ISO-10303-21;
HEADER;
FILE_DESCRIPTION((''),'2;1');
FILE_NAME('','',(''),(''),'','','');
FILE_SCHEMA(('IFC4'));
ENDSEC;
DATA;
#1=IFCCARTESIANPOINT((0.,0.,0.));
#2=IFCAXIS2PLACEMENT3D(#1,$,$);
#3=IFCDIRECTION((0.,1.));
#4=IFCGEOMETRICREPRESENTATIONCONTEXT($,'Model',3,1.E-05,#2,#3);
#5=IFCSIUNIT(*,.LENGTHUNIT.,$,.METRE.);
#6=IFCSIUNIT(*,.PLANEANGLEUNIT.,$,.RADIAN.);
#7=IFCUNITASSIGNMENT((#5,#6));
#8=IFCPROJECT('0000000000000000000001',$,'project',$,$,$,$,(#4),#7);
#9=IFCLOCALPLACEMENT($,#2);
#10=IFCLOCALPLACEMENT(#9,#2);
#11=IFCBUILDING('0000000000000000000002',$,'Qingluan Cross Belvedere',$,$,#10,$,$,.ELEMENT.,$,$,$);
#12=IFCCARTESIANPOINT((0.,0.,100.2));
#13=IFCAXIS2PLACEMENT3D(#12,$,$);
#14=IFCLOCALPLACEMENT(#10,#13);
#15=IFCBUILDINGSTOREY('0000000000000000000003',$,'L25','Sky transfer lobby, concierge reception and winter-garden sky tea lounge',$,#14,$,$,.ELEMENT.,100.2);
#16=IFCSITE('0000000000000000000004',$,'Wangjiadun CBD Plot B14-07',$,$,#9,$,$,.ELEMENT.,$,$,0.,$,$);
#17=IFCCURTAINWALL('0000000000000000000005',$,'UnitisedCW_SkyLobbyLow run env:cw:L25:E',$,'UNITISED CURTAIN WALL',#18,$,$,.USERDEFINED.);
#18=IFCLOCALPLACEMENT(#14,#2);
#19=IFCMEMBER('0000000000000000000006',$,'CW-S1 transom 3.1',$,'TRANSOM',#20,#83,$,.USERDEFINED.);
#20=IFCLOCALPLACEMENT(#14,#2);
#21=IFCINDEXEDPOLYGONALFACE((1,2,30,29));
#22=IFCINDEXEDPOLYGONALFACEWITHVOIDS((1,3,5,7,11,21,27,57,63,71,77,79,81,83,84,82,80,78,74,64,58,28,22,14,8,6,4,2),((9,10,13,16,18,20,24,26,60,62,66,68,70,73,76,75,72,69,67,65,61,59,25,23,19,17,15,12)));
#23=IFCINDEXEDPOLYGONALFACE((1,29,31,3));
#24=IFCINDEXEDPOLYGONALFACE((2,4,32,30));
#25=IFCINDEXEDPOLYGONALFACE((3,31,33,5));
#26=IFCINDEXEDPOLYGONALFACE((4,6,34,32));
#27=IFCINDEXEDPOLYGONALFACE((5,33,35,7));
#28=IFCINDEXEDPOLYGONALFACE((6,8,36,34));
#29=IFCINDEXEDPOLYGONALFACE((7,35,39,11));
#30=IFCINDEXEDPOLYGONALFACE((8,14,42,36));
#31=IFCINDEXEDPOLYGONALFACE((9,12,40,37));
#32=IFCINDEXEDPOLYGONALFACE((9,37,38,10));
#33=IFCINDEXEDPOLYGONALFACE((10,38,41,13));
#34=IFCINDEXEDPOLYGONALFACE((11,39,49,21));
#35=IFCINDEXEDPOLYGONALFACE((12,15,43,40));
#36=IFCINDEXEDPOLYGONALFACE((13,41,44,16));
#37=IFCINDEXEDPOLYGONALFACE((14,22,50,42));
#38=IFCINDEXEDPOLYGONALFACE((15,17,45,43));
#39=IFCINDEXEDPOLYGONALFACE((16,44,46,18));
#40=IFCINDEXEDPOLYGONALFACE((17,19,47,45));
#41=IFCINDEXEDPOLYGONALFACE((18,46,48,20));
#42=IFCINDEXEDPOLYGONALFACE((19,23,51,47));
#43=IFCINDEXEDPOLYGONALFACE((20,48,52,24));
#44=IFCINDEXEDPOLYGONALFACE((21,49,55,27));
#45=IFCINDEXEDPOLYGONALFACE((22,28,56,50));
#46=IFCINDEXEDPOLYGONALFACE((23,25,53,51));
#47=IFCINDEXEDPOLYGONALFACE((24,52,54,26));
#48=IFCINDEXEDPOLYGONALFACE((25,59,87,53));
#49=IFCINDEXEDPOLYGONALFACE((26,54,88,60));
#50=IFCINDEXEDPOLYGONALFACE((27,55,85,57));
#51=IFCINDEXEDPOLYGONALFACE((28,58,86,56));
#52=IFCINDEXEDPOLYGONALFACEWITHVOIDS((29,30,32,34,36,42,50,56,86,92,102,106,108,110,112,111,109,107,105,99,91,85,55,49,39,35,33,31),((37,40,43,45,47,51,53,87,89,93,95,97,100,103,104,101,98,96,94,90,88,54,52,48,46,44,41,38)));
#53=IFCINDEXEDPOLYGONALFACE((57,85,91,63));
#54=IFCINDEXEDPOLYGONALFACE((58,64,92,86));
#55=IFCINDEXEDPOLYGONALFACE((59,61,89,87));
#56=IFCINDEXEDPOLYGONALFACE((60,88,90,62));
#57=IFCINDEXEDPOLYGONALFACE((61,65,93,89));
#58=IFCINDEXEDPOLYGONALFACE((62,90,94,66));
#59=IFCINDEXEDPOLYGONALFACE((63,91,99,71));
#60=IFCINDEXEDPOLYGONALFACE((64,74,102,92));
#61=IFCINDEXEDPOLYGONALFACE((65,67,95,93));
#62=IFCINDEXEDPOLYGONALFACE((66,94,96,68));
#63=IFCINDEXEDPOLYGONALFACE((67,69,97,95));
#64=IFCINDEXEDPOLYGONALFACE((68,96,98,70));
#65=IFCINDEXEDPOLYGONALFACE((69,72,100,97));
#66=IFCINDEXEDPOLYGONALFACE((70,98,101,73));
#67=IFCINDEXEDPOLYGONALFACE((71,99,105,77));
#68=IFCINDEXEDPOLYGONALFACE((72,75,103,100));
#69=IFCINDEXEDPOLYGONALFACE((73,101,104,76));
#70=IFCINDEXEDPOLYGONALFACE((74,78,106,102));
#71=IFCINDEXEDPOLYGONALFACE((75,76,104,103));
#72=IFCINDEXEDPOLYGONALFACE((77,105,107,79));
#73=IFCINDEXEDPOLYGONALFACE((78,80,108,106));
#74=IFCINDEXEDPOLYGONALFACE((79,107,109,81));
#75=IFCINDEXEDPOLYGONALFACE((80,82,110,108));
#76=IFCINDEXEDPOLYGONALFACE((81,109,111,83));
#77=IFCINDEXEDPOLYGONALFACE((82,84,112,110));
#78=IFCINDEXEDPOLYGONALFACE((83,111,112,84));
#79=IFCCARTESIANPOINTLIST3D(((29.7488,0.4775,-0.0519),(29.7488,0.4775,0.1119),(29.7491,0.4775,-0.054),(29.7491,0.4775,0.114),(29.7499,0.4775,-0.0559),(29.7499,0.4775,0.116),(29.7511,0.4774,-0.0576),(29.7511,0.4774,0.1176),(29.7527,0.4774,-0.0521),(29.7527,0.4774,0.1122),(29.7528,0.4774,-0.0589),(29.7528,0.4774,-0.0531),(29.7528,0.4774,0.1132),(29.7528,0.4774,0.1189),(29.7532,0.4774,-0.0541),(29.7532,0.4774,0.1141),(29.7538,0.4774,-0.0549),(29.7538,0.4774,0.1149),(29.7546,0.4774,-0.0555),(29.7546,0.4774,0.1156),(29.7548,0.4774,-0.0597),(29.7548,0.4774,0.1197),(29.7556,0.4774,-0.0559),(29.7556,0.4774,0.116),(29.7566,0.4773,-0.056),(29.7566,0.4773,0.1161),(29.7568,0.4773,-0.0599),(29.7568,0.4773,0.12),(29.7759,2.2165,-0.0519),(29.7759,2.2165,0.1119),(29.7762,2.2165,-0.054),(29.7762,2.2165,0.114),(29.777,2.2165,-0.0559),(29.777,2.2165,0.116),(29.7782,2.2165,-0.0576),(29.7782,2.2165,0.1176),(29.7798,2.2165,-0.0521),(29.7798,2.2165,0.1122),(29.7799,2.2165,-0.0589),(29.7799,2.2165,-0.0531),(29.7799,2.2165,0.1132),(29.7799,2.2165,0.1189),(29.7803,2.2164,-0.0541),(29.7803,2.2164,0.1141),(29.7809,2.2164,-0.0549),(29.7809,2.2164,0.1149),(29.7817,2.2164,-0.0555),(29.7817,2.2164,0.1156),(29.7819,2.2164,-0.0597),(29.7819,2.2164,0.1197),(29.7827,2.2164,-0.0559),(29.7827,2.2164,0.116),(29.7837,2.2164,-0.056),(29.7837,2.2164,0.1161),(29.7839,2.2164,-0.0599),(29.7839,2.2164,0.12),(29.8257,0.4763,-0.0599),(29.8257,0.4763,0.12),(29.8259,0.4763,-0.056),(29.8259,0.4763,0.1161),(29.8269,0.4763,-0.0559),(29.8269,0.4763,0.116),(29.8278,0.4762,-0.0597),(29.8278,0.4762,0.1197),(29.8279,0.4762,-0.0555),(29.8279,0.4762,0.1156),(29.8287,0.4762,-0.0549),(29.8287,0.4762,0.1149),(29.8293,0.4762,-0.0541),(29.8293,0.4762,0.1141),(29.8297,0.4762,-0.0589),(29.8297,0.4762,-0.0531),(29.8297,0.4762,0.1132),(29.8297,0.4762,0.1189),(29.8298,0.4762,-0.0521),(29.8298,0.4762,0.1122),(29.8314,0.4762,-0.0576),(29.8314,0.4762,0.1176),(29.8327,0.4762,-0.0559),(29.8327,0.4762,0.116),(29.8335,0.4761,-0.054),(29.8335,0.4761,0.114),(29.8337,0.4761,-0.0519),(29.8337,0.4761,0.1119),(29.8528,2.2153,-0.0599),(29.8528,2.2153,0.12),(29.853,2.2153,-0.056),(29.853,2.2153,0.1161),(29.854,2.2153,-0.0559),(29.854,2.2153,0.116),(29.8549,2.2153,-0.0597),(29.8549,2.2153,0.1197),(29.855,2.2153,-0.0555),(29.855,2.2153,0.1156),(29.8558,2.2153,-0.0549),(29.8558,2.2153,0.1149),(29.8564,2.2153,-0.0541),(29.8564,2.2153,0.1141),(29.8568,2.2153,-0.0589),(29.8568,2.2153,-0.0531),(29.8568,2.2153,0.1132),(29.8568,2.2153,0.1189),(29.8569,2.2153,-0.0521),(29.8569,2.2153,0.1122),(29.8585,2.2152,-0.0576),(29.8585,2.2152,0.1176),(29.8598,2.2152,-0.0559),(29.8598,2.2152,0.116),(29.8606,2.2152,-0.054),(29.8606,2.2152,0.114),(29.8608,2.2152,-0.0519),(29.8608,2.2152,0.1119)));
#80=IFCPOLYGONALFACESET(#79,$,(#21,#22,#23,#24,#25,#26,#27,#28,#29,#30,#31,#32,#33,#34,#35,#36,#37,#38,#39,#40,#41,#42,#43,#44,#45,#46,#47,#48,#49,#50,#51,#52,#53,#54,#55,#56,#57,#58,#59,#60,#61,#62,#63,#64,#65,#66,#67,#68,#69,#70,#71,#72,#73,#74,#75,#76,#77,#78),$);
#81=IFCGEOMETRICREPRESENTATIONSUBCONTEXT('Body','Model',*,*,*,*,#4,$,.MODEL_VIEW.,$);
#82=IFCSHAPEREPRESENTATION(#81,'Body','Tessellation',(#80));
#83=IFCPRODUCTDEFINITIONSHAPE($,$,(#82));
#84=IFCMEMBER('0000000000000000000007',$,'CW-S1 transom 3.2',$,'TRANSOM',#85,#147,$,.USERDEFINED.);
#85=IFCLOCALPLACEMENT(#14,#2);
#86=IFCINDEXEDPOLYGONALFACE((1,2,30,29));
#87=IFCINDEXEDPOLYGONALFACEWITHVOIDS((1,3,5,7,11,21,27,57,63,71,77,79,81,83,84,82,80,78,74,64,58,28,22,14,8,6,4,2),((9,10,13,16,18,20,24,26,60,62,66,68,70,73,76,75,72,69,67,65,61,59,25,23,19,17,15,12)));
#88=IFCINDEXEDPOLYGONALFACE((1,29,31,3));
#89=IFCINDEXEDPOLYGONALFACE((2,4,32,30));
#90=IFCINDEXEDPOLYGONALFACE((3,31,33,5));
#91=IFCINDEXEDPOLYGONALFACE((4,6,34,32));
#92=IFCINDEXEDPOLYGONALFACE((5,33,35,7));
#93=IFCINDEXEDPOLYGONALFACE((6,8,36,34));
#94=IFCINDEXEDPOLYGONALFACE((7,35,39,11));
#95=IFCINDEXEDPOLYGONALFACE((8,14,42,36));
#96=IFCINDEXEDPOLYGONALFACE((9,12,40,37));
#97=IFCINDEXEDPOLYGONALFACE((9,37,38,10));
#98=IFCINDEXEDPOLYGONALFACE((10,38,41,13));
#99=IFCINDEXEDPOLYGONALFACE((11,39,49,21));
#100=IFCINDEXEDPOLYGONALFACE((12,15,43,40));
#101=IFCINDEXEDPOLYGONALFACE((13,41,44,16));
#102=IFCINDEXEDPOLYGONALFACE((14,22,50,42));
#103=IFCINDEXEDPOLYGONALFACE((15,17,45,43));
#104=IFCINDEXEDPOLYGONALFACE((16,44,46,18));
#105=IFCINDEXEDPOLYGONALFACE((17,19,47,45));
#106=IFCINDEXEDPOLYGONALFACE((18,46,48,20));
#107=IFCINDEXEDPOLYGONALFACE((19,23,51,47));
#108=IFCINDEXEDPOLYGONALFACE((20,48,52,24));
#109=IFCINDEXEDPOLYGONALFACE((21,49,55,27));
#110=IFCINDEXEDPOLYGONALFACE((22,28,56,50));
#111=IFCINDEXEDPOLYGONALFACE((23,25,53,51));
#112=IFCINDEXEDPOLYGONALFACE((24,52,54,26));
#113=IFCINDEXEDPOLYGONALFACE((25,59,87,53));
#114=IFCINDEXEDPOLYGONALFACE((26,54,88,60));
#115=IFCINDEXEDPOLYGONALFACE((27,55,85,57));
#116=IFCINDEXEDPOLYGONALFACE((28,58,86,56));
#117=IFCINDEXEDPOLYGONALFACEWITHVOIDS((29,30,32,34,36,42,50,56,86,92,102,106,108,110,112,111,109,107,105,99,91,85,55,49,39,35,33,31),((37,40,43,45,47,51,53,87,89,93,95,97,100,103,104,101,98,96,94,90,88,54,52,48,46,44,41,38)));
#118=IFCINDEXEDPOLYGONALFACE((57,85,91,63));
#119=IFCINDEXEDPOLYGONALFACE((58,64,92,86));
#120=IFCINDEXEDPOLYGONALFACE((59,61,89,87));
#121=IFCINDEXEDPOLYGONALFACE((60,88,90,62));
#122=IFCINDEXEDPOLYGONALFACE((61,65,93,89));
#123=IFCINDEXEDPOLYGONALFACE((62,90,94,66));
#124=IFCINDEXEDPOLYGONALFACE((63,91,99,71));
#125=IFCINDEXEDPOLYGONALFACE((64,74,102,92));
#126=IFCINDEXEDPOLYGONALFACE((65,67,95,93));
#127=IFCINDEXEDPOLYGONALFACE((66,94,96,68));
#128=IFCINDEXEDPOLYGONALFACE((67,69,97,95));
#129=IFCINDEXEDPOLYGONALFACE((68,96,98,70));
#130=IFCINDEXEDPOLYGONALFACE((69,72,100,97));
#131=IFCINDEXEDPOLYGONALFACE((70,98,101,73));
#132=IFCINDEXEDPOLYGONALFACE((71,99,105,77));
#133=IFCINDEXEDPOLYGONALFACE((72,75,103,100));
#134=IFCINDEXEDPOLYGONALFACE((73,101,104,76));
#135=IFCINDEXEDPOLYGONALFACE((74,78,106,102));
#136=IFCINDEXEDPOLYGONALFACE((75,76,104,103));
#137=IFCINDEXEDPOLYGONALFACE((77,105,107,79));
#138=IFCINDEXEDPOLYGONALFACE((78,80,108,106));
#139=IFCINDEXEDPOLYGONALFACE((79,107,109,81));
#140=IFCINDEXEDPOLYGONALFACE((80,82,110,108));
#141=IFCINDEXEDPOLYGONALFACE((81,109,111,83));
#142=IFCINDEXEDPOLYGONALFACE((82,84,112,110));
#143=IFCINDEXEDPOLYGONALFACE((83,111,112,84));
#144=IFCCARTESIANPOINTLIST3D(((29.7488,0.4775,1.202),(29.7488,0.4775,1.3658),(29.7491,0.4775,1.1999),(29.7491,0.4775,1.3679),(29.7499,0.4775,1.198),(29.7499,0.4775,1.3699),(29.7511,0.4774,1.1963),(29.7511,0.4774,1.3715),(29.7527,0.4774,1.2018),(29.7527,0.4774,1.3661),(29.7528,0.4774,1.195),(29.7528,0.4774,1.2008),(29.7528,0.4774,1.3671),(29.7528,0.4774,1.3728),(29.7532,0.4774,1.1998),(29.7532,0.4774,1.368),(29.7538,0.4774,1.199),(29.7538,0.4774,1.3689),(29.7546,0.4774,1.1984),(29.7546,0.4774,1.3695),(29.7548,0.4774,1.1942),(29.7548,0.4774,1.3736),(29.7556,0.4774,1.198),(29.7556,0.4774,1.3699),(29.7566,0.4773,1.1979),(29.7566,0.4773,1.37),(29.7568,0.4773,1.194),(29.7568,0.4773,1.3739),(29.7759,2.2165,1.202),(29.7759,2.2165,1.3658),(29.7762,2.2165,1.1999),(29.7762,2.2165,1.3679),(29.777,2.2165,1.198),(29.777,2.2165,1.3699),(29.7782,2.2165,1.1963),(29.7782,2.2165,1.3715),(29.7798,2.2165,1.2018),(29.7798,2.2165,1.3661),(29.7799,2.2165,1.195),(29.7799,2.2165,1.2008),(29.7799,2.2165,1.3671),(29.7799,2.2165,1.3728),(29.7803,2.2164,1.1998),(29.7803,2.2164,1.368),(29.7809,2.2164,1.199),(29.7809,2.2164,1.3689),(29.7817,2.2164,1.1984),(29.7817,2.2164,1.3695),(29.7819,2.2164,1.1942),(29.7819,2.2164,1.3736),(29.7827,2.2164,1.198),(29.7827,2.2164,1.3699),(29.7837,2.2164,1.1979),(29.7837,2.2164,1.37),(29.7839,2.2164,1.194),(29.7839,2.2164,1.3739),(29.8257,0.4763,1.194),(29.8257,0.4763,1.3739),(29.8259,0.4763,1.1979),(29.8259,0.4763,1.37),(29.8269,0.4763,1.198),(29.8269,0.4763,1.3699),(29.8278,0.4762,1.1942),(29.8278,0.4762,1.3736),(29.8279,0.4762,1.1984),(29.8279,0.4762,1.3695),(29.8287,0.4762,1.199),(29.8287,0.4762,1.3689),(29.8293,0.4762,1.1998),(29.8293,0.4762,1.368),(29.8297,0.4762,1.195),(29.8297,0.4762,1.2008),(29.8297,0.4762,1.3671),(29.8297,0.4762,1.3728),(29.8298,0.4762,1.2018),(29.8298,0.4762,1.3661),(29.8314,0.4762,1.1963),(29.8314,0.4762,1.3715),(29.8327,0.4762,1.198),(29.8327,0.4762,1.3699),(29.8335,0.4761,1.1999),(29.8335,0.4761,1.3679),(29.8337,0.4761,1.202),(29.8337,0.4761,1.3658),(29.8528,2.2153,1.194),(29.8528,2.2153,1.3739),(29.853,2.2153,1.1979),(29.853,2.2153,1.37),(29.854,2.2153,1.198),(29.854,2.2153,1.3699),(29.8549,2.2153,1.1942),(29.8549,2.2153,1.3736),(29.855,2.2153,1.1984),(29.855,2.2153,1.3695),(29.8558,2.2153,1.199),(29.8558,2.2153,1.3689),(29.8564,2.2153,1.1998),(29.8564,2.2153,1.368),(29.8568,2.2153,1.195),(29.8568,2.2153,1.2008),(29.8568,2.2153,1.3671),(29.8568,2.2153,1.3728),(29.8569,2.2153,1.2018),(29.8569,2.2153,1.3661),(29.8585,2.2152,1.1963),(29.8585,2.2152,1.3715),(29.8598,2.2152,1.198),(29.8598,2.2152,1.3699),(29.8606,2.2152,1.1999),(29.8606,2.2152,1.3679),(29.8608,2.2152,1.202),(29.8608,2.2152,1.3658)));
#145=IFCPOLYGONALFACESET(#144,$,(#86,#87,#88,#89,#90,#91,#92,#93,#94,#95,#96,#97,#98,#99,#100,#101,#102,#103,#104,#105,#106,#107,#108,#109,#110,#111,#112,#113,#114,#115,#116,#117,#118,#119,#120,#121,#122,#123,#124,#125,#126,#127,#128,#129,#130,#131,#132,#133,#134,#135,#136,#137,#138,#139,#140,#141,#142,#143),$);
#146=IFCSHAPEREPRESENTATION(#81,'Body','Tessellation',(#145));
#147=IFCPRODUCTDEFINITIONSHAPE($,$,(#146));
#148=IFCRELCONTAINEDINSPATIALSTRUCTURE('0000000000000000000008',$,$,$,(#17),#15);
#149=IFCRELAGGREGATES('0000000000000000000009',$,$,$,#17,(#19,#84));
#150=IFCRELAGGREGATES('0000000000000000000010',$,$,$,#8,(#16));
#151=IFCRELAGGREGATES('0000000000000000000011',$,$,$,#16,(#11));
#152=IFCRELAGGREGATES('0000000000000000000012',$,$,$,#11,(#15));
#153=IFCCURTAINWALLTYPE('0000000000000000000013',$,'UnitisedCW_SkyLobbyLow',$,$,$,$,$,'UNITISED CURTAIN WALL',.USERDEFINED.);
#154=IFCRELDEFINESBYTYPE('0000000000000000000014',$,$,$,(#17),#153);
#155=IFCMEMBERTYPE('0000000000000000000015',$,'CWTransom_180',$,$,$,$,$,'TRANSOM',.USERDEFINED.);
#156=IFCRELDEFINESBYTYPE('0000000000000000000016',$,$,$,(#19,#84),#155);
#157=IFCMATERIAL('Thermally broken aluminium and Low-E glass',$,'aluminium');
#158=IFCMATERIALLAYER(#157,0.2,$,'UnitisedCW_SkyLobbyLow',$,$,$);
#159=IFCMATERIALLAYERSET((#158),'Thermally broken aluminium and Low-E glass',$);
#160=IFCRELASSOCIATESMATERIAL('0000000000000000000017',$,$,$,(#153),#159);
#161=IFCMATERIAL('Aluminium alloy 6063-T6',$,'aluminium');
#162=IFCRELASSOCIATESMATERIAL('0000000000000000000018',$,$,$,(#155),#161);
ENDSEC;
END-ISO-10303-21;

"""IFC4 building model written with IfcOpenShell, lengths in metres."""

from ifc_helpers import new_model, si_unit, direction, frame, origin, origin_2d, place, context, subcontext, project, spatial, hollow_rectangle, extrude, material, layer, layer_set, material_profile, profile_set, type_object, element, aggregate, save


model = new_model("IFC4")

# Units and contexts
model_context = context("Model", 3, precision=1e-05, world=origin(), true_north=direction((0.0, 1.0)))
body_context = subcontext(model_context, "Body", "Model", "MODEL_VIEW")
ifc_project = project(units=[si_unit("LENGTHUNIT", "METRE"), si_unit("PLANEANGLEUNIT", "RADIAN")], contexts=[model_context])

# Site, building, storey
site_placement = place(None, origin())
site = spatial("IfcSite", under=ifc_project, at=site_placement, Name="Wangjiadun CBD Plot B14-07", CompositionType="ELEMENT", RefElevation=0.0)
building_placement = place(site_placement, origin())
building = spatial("IfcBuilding", under=site, at=building_placement, Name="Qingluan Cross Belvedere", CompositionType="ELEMENT")
storey_placement = place(building_placement, frame((0.0, 0.0, 100.2)))
storey = spatial("IfcBuildingStorey", under=building, at=storey_placement, Name="L25", Description="Sky transfer lobby, concierge reception and winter-garden sky tea lounge", CompositionType="ELEMENT", Elevation=100.2)

# Curtain wall, members
ifc_material_1 = material(Name="Thermally broken aluminium and Low-E glass", Category="aluminium")
ifc_layer_1 = layer(ifc_material_1, 0.2, Name="UnitisedCW_SkyLobbyLow")
ifc_layer_set_1 = layer_set([ifc_layer_1], Name="Thermally broken aluminium and Low-E glass")
curtain_wall_type = type_object("IfcCurtainWallType", Name="UnitisedCW_SkyLobbyLow", ElementType="UNITISED CURTAIN WALL", PredefinedType="USERDEFINED", material=ifc_layer_set_1)
curtain_wall_placement = place(storey_placement, origin())
curtain_wall = element("IfcCurtainWall", 1, at=curtain_wall_placement, inside=storey, type_object=curtain_wall_type, Name="UnitisedCW_SkyLobbyLow run env:cw:L25:E", ObjectType="UNITISED CURTAIN WALL", PredefinedType="USERDEFINED")
ifc_material_2 = material(Name="Aluminium alloy 6063-T6", Category="aluminium")
ifc_material_profile_1 = material_profile(ifc_material_2, hollow_rectangle(XDim=0.085, YDim=0.1799, WallThickness=0.0039, InnerFilletRadius=0.0039, OuterFilletRadius=0.0081, at=origin_2d()), Name="CWT180x85x4")
ifc_profile_set_1 = profile_set([ifc_material_profile_1], Name="Aluminium alloy 6063-T6")
member_type_1 = type_object("IfcMemberType", Name="CWTransom_180", ElementType="TRANSOM", PredefinedType="USERDEFINED", material=ifc_profile_set_1)
member_1_placement = place(storey_placement, frame((29.7913, 0.4768, 0.03), z_axis=(0.015581, 0.999879, 0.0), x_axis=(-0.999879, 0.015581, 0.0)))
member_1 = element("IfcMember", 2, at=member_1_placement, type_object=member_type_1, Name="CW-S1 transom 3.1", ObjectType="TRANSOM", PredefinedType="USERDEFINED", context=body_context, shape_type="SweptSolid", body=[
    extrude(hollow_rectangle(XDim=0.085, YDim=0.1799, WallThickness=0.0039, InnerFilletRadius=0.0039, OuterFilletRadius=0.0081, at=origin_2d()), origin(), (0.0, 0.0, 1.0), 1.7393),
])
member_2_placement = place(storey_placement, frame((29.7913, 0.4768, 1.2839), z_axis=(0.015581, 0.999879, 0.0), x_axis=(-0.999879, 0.015581, 0.0)))
member_2 = element("IfcMember", 3, at=member_2_placement, type_object=member_type_1, Name="CW-S1 transom 3.2", ObjectType="TRANSOM", PredefinedType="USERDEFINED", context=body_context, shape_type="SweptSolid", body=[
    extrude(hollow_rectangle(XDim=0.085, YDim=0.1799, WallThickness=0.0039, InnerFilletRadius=0.0039, OuterFilletRadius=0.0081, at=origin_2d()), origin(), (0.0, 0.0, 1.0), 1.7393),
])
aggregate(curtain_wall, [member_1, member_2])

save(model, "model.ifc")
